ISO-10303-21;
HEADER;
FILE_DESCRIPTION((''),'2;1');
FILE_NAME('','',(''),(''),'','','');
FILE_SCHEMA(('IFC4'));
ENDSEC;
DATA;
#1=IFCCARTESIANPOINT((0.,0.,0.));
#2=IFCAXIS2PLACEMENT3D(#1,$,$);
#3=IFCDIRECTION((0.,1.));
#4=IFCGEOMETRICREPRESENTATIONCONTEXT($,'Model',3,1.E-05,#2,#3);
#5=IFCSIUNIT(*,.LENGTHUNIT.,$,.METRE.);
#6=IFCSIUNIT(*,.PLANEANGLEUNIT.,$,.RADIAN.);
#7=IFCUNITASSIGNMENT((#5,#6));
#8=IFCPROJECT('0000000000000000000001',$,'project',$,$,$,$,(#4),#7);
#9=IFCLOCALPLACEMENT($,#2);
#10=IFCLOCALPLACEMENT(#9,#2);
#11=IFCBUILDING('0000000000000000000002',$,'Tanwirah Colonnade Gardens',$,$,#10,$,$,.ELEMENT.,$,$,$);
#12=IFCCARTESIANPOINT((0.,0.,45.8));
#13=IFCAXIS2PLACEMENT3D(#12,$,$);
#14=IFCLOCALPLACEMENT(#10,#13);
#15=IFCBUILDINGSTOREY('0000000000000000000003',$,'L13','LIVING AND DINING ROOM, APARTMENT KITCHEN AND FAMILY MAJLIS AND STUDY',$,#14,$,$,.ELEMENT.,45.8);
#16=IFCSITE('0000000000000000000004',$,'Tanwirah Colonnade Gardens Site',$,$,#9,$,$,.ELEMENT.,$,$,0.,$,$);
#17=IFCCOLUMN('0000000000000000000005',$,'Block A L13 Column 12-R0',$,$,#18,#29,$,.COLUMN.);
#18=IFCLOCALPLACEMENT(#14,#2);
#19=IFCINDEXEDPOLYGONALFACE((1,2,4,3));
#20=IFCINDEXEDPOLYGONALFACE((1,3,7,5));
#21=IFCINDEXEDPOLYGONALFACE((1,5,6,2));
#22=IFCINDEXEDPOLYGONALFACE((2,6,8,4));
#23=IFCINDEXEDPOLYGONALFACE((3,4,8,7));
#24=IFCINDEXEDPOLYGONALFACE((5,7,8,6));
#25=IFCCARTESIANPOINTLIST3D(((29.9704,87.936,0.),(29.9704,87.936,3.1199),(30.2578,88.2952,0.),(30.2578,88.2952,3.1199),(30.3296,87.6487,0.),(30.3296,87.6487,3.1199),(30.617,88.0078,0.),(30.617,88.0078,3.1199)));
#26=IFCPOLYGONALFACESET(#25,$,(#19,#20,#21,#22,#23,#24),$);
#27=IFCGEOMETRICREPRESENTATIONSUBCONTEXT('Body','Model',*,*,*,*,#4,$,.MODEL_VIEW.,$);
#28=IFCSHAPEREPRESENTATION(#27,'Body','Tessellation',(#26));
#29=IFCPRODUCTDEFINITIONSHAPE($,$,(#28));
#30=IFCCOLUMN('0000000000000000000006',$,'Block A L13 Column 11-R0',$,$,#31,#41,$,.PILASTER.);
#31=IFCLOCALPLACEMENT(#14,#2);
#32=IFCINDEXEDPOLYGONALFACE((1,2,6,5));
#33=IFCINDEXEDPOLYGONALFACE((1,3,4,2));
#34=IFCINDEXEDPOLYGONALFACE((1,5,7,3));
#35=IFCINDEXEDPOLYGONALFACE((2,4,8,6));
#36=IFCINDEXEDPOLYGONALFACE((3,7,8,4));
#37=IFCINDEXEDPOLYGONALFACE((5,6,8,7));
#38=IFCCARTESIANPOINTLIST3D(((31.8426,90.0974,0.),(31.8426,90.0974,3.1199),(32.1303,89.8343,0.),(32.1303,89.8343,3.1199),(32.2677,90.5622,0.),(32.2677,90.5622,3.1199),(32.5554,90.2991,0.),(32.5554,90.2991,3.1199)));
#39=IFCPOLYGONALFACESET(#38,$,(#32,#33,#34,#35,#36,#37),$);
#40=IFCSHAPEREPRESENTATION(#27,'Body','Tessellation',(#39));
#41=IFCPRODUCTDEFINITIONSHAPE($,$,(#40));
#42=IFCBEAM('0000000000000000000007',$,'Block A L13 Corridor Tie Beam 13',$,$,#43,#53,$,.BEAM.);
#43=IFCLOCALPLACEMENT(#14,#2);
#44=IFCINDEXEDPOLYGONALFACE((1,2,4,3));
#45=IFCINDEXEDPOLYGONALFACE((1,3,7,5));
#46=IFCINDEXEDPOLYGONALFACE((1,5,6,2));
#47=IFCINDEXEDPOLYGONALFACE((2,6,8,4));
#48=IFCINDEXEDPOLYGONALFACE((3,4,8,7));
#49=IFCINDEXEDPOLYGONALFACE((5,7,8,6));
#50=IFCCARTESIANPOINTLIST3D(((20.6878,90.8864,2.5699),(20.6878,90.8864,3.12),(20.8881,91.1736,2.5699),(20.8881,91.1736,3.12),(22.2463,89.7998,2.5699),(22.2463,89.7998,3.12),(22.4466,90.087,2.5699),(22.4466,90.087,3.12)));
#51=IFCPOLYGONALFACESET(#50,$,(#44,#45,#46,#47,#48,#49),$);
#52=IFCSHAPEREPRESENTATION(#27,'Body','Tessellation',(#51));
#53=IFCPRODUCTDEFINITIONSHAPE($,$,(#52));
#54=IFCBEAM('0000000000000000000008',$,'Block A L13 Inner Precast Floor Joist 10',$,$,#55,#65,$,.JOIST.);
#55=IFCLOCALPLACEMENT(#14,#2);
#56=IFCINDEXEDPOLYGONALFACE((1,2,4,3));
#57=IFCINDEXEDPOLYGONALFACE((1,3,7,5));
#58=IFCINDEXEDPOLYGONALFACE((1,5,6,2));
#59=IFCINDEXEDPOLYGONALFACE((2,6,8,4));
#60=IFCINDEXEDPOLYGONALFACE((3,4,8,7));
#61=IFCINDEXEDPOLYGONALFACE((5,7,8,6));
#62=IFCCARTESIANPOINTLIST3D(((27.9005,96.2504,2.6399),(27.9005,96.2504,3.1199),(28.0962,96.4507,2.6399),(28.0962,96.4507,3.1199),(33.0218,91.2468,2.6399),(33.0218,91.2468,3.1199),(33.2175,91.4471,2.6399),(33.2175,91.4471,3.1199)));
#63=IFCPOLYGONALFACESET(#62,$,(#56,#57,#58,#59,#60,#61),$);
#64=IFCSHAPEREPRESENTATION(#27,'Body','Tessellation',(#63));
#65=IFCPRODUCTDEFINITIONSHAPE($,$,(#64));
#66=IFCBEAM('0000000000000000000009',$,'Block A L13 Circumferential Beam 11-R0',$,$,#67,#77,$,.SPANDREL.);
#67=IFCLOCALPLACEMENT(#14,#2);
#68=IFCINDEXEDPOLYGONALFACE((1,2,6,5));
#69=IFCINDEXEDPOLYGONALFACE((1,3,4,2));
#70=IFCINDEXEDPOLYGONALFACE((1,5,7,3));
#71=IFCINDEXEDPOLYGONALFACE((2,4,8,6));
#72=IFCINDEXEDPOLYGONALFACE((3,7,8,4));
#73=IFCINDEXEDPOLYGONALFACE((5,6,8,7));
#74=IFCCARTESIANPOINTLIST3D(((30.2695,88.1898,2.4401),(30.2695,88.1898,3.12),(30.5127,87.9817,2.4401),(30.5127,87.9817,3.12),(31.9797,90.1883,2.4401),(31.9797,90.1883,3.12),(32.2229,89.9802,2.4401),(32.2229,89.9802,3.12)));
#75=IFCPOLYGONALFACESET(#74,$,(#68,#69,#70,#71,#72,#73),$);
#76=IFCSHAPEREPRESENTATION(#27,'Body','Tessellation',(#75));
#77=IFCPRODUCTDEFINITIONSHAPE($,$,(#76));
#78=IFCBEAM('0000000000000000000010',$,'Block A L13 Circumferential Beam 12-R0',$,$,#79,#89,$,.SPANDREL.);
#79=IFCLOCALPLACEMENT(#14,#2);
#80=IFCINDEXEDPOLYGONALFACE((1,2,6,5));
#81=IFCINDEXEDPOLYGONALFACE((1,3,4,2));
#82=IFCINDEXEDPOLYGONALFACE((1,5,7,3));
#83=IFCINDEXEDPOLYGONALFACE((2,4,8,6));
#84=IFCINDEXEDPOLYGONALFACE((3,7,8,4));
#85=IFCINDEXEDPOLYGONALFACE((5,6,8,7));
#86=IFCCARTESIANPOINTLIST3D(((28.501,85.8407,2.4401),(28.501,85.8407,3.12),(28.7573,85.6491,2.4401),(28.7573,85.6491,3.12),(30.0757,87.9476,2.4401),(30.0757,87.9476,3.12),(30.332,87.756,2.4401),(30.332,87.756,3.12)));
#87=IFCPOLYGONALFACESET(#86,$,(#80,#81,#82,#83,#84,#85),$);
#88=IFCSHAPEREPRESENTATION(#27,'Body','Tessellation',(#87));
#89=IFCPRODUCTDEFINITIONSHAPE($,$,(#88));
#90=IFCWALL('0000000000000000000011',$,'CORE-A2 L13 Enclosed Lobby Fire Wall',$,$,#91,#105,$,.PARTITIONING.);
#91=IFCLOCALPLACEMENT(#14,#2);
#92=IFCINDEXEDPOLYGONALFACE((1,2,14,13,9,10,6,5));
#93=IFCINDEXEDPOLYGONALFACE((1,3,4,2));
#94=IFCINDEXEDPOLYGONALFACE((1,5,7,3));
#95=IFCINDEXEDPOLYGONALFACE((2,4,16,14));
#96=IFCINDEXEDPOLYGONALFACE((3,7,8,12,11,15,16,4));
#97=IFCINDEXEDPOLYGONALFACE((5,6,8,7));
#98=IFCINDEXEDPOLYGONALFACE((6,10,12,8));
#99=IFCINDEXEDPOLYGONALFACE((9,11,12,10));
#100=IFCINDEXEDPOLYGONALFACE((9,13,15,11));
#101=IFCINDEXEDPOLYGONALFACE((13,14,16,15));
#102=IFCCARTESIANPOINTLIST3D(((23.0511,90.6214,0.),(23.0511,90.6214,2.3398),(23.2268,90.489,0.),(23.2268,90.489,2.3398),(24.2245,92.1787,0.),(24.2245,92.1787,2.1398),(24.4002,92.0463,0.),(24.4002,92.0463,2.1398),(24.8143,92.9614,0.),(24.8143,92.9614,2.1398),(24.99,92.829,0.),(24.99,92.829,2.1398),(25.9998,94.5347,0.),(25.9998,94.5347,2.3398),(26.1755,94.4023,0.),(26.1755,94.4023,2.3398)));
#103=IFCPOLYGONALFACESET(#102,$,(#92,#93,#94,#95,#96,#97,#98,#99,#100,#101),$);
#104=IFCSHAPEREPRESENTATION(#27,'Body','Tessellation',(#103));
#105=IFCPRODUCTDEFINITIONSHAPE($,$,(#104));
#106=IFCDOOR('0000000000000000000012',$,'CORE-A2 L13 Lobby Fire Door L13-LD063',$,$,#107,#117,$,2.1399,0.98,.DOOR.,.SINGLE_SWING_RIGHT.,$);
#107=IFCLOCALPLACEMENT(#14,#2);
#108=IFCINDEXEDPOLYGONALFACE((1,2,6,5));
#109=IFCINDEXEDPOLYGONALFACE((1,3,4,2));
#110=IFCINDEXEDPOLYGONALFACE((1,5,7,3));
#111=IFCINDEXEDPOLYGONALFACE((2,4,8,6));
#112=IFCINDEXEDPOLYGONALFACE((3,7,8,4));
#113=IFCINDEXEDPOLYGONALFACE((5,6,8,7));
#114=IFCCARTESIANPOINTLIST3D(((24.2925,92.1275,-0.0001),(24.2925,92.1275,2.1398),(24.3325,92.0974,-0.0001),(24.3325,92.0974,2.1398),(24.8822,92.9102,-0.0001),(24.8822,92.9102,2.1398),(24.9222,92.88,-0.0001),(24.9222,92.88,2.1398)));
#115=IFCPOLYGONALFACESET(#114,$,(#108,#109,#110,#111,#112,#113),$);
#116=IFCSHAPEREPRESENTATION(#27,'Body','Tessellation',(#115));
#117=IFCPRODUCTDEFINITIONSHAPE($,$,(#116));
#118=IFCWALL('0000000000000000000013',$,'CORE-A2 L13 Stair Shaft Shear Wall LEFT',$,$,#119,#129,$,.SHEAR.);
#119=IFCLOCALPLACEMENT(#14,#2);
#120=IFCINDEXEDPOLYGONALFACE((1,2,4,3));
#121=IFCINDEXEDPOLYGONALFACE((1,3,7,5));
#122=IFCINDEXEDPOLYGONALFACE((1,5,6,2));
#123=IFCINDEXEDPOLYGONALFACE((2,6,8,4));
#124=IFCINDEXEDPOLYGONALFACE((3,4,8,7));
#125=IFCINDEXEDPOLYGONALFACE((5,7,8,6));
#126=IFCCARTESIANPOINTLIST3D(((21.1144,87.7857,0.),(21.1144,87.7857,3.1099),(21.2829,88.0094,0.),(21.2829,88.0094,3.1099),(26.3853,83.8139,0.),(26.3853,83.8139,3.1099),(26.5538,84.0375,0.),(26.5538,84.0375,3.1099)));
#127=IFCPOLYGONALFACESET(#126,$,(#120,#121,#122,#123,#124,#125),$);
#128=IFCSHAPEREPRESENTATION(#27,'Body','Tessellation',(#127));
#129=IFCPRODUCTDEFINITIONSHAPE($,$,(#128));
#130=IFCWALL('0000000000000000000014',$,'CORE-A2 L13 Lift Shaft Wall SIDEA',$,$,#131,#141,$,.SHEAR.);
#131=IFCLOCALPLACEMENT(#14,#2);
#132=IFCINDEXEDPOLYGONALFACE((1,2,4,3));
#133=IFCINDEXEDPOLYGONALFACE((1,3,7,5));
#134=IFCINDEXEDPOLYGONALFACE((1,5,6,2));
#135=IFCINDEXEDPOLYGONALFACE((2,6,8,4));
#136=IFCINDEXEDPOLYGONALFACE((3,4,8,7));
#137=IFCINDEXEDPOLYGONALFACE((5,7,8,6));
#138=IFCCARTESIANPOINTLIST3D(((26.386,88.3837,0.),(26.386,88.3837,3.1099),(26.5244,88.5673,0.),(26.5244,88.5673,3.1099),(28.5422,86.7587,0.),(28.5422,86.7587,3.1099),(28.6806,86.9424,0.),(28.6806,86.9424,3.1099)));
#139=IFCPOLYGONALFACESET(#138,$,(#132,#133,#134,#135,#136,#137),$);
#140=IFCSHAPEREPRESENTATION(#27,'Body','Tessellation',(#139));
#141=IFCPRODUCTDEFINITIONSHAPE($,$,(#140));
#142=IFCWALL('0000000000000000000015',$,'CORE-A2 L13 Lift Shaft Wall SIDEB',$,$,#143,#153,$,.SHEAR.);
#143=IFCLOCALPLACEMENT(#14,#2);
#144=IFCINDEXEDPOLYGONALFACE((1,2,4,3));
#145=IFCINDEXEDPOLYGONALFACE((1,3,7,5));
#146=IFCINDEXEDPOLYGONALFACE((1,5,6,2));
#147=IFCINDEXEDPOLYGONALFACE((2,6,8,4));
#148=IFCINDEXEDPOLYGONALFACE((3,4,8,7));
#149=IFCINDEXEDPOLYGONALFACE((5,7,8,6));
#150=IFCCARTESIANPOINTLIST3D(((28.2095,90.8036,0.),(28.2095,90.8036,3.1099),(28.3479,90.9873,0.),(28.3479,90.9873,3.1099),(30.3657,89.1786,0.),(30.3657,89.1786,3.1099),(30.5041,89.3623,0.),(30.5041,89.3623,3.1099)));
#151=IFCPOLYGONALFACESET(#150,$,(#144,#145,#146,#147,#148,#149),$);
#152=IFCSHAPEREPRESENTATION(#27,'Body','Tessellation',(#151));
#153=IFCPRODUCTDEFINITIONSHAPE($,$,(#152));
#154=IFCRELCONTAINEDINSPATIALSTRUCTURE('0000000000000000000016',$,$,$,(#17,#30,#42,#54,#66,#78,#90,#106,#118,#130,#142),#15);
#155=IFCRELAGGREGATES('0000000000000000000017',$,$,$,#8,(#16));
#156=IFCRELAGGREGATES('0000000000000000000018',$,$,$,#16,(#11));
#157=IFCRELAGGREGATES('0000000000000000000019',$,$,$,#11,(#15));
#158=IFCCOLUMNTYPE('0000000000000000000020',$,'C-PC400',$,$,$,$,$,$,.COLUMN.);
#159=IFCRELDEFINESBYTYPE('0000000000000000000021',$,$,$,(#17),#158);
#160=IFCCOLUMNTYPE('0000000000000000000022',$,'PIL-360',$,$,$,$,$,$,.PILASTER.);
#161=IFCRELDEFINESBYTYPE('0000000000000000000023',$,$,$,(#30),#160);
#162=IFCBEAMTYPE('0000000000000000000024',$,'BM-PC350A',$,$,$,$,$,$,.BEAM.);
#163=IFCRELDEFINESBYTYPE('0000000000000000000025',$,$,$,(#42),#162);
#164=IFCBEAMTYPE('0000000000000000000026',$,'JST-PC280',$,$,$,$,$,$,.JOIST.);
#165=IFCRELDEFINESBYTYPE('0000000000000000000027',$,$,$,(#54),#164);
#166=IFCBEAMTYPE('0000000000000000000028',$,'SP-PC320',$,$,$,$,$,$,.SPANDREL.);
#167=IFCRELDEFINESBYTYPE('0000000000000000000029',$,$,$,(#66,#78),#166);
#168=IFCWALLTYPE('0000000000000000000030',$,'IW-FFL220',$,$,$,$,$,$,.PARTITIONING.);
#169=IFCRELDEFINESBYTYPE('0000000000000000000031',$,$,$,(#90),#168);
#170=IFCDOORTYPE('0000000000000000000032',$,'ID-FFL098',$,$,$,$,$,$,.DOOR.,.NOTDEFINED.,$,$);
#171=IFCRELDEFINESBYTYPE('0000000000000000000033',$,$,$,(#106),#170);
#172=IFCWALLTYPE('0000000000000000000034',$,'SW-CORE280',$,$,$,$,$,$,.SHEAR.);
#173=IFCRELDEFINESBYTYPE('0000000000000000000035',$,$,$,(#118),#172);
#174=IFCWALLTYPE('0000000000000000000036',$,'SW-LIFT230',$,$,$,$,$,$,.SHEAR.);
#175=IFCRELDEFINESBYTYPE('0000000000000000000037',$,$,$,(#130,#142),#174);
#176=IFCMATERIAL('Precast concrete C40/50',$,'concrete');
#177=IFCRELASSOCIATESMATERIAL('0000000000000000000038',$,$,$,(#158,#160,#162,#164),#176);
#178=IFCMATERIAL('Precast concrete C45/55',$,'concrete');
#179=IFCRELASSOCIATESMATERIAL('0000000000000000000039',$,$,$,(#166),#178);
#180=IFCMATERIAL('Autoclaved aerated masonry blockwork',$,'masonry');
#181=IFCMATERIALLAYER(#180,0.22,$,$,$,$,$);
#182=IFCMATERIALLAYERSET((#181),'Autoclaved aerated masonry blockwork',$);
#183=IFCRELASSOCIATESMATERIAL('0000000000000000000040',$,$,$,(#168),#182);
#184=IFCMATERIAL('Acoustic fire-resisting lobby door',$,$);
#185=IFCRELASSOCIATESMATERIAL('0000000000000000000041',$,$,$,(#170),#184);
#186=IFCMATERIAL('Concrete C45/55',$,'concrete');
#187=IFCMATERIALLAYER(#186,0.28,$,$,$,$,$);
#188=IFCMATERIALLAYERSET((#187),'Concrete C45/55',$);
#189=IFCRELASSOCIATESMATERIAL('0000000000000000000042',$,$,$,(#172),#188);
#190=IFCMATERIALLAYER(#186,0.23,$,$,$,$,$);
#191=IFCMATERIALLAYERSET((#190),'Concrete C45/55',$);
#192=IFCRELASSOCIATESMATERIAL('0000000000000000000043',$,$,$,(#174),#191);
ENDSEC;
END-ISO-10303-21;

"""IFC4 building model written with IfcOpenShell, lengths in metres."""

from ifc_helpers import new_model, si_unit, direction, frame, frame_2d, origin, origin_2d, place, context, subcontext, project, spatial, rectangle, extrude, material, layer, layer_set, material_profile, profile_set, type_object, element, fill, save


model = new_model("IFC4")

# Units and contexts
model_context = context("Model", 3, precision=1e-05, world=origin(), true_north=direction((0.0, 1.0)))
body_context = subcontext(model_context, "Body", "Model", "MODEL_VIEW")
ifc_project = project(units=[si_unit("LENGTHUNIT", "METRE"), si_unit("PLANEANGLEUNIT", "RADIAN")], contexts=[model_context])

# Site, building, storey
site_placement = place(None, origin())
site = spatial("IfcSite", under=ifc_project, at=site_placement, Name="Tanwirah Colonnade Gardens Site", CompositionType="ELEMENT", RefElevation=0.0)
building_placement = place(site_placement, origin())
building = spatial("IfcBuilding", under=site, at=building_placement, Name="Tanwirah Colonnade Gardens", CompositionType="ELEMENT")
storey_placement = place(building_placement, frame((0.0, 0.0, 45.8)))
storey = spatial("IfcBuildingStorey", under=building, at=storey_placement, Name="L13", Description="LIVING AND DINING ROOM, APARTMENT KITCHEN AND FAMILY MAJLIS AND STUDY", CompositionType="ELEMENT", Elevation=45.8)

# Columns
ifc_material_1 = material(Name="Precast concrete C40/50", Category="concrete")
ifc_material_profile_1 = material_profile(ifc_material_1, rectangle(XDim=0.46, YDim=0.46, at=origin_2d()), Name="PC-COL 460x460")
ifc_profile_set_1 = profile_set([ifc_material_profile_1], Name="Precast concrete C40/50")
column_type_1 = type_object("IfcColumnType", Name="C-PC400", PredefinedType="COLUMN", material=ifc_profile_set_1)
column_1_placement = place(storey_placement, frame((30.2937, 87.9719, 0.0), z_axis=(0.0, 0.0, 1.0), x_axis=(-0.780794, 0.624788, 0.0)))
element("IfcColumn", 1, at=column_1_placement, inside=storey, type_object=column_type_1, Name="Block A L13 Column 12-R0", PredefinedType="COLUMN", context=body_context, shape_type="SweptSolid", body=[
    extrude(rectangle(XDim=0.46, YDim=0.46, at=origin_2d()), origin(), (0.0, 0.0, 1.0), 3.1199),
])
ifc_material_profile_2 = material_profile(ifc_material_1, rectangle(XDim=0.3899, YDim=0.6299, at=origin_2d()), Name="PC-PIL 390x630")
ifc_profile_set_2 = profile_set([ifc_material_profile_2], Name="Precast concrete C40/50")
column_type_2 = type_object("IfcColumnType", Name="PIL-360", PredefinedType="PILASTER", material=ifc_profile_set_2)
column_2_placement = place(storey_placement, frame((32.199, 90.1982, 0.0), z_axis=(0.0, 0.0, 1.0), x_axis=(-0.737932, 0.674875, 0.0)))
element("IfcColumn", 2, at=column_2_placement, inside=storey, type_object=column_type_2, Name="Block A L13 Column 11-R0", PredefinedType="PILASTER", context=body_context, shape_type="SweptSolid", body=[
    extrude(rectangle(XDim=0.3899, YDim=0.6299, at=origin_2d()), origin(), (0.0, 0.0, 1.0), 3.1199),
])

# Beams
ifc_material_profile_3 = material_profile(ifc_material_1, rectangle(XDim=0.3501, YDim=0.55, at=origin_2d()), Name="PC-BM 350x550")
ifc_profile_set_3 = profile_set([ifc_material_profile_3], Name="Precast concrete C40/50")
beam_type_1 = type_object("IfcBeamType", Name="BM-PC350A", PredefinedType="BEAM", material=ifc_profile_set_3)
beam_1_placement = place(storey_placement, frame((22.3464, 89.9434, 2.845), z_axis=(-0.820305, 0.571926, 0.0), x_axis=(-0.571926, -0.820305, 0.0)))
element("IfcBeam", 3, at=beam_1_placement, inside=storey, type_object=beam_type_1, Name="Block A L13 Corridor Tie Beam 13", PredefinedType="BEAM", context=body_context, shape_type="SweptSolid", body=[
    extrude(rectangle(XDim=0.3501, YDim=0.55, at=origin_2d()), origin(), (0.0, 0.0, 1.0), 1.8999),
])
ifc_material_profile_4 = material_profile(ifc_material_1, rectangle(XDim=0.28, YDim=0.48, at=origin_2d()), Name="PC-JST 280x480")
ifc_profile_set_4 = profile_set([ifc_material_profile_4], Name="Precast concrete C40/50")
beam_type_2 = type_object("IfcBeamType", Name="JST-PC280", PredefinedType="JOIST", material=ifc_profile_set_4)
beam_2_placement = place(storey_placement, frame((33.1196, 91.3469, 2.8799), z_axis=(-0.715277, 0.698841, 0.0), x_axis=(-0.698841, -0.715277, 0.0)))
element("IfcBeam", 4, at=beam_2_placement, inside=storey, type_object=beam_type_2, Name="Block A L13 Inner Precast Floor Joist 10", PredefinedType="JOIST", context=body_context, shape_type="SweptSolid", body=[
    extrude(rectangle(XDim=0.28, YDim=0.48, at=origin_2d()), origin(), (0.0, 0.0, 1.0), 7.1599),
])
ifc_material_2 = material(Name="Precast concrete C45/55", Category="concrete")
ifc_material_profile_5 = material_profile(ifc_material_2, rectangle(XDim=0.3201, YDim=0.6799, at=origin_2d()), Name="PC-SP 320x680")
ifc_profile_set_5 = profile_set([ifc_material_profile_5], Name="Precast concrete C45/55")
beam_type_3 = type_object("IfcBeamType", Name="SP-PC320", PredefinedType="SPANDREL", material=ifc_profile_set_5)
for number, where, z_axis, x_axis, name in (
    (5, (32.1013, 90.0842, 2.78), (-0.650172, -0.759787, 0.0), (0.759787, -0.650172, 0.0), "Block A L13 Circumferential Beam 11-R0"),
    (6, (30.2039, 87.8518, 2.78), (-0.598663, -0.801001, 0.0), (0.801001, -0.598663, 0.0), "Block A L13 Circumferential Beam 12-R0"),
):
    element("IfcBeam", number, at=place(storey_placement, frame(where, z_axis=z_axis, x_axis=x_axis)), inside=storey, type_object=beam_type_3, Name=name, PredefinedType="SPANDREL", context=body_context, shape_type="SweptSolid", body=[
        extrude(rectangle(XDim=0.3201, YDim=0.6799, at=origin_2d()), origin(), (0.0, 0.0, 1.0), 2.6304),
    ])

# Wall, opening, door
ifc_material_3 = material(Name="Autoclaved aerated masonry blockwork", Category="masonry")
ifc_layer_1 = layer(ifc_material_3, 0.22)
ifc_layer_set_1 = layer_set([ifc_layer_1], Name="Autoclaved aerated masonry blockwork")
wall_type_1 = type_object("IfcWallType", Name="IW-FFL220", PredefinedType="PARTITIONING", material=ifc_layer_set_1)
wall_1_placement = place(storey_placement, frame((23.1389, 90.5552, 0.0), z_axis=(0.0, 0.0, 1.0), x_axis=(0.601792, 0.798653, 0.0)))
wall_1 = element("IfcWall", 7, at=wall_1_placement, inside=storey, type_object=wall_type_1, Name="CORE-A2 L13 Enclosed Lobby Fire Wall", PredefinedType="PARTITIONING", context=body_context, shape_type="SweptSolid", body=[
    extrude(rectangle(XDim=4.8999, YDim=0.22, at=frame_2d((2.45, 0.0))), origin(), (0.0, 0.0, 1.0), 2.3398),
])
opening_1_placement = place(wall_1_placement, frame((1.95, 0.0, 0.0)))
opening_1 = element("IfcOpeningElement", 8, at=opening_1_placement, cuts=wall_1, PredefinedType="OPENING", context=body_context, shape_type="SweptSolid", body=[
    extrude(rectangle(XDim=0.98, YDim=2.1399, at=frame_2d((0.49, 1.0698))), frame((0.0, 0.1199, 0.0), z_axis=(0.0, -1.0, 0.0), x_axis=(1.0, 0.0, 0.0)), (0.0, 0.0, 1.0), 0.24),
])
ifc_material_4 = material(Name="Acoustic fire-resisting lobby door")
door_type_1 = type_object("IfcDoorType", Name="ID-FFL098", OperationType="NOTDEFINED", PredefinedType="DOOR", material=ifc_material_4)
door_1_placement = place(opening_1_placement, origin())
door_1 = element("IfcDoor", 9, at=door_1_placement, inside=storey, type_object=door_type_1, Name="CORE-A2 L13 Lobby Fire Door L13-LD063", OperationType="SINGLE_SWING_RIGHT", OverallHeight=2.1399, OverallWidth=0.98, PredefinedType="DOOR", context=body_context, shape_type="SweptSolid", body=[
    extrude(rectangle(XDim=0.98, YDim=2.1399, at=frame_2d((0.49, 1.0698))), frame((0.0, 0.0249, 0.0), z_axis=(0.0, -1.0, 0.0), x_axis=(1.0, 0.0, 0.0)), (0.0, 0.0, 1.0), 0.05),
])
fill(opening_1, door_1)

# Wall
ifc_material_5 = material(Name="Concrete C45/55", Category="concrete")
ifc_layer_2 = layer(ifc_material_5, 0.28)
ifc_layer_set_2 = layer_set([ifc_layer_2], Name="Concrete C45/55")
wall_type_2 = type_object("IfcWallType", Name="SW-CORE280", PredefinedType="SHEAR", material=ifc_layer_set_2)
wall_2_placement = place(storey_placement, frame((21.1987, 87.8975, 0.0), z_axis=(0.0, 0.0, 1.0), x_axis=(0.79864, -0.60181, 0.0)))
element("IfcWall", 10, at=wall_2_placement, inside=storey, type_object=wall_type_2, Name="CORE-A2 L13 Stair Shaft Shear Wall LEFT", PredefinedType="SHEAR", context=body_context, shape_type="SweptSolid", body=[
    extrude(rectangle(XDim=6.5999, YDim=0.28, at=frame_2d((3.2998, 0.0))), origin(), (0.0, 0.0, 1.0), 3.1099),
])

# Shared definitions
ifc_layer_3 = layer(ifc_material_5, 0.23)
ifc_layer_set_3 = layer_set([ifc_layer_3], Name="Concrete C45/55")
wall_type_3 = type_object("IfcWallType", Name="SW-LIFT230", PredefinedType="SHEAR", material=ifc_layer_set_3)

# Walls
for number, where, z_axis, x_axis, name in (
    (11, (26.4551, 88.4756, 0.0), (0.0, 0.0, 1.0), (0.798609, -0.60185, 0.0), "CORE-A2 L13 Lift Shaft Wall SIDEA"),
    (12, (28.2786, 90.8955, 0.0), (0.0, 0.0, 1.0), (0.798609, -0.60185, 0.0), "CORE-A2 L13 Lift Shaft Wall SIDEB"),
):
    element("IfcWall", number, at=place(storey_placement, frame(where, z_axis=z_axis, x_axis=x_axis)), inside=storey, type_object=wall_type_3, Name=name, PredefinedType="SHEAR", context=body_context, shape_type="SweptSolid", body=[
        extrude(rectangle(XDim=2.7, YDim=0.23, at=frame_2d((1.3501, 0.0))), origin(), (0.0, 0.0, 1.0), 3.1099),
    ])

save(model, "model.ifc")
